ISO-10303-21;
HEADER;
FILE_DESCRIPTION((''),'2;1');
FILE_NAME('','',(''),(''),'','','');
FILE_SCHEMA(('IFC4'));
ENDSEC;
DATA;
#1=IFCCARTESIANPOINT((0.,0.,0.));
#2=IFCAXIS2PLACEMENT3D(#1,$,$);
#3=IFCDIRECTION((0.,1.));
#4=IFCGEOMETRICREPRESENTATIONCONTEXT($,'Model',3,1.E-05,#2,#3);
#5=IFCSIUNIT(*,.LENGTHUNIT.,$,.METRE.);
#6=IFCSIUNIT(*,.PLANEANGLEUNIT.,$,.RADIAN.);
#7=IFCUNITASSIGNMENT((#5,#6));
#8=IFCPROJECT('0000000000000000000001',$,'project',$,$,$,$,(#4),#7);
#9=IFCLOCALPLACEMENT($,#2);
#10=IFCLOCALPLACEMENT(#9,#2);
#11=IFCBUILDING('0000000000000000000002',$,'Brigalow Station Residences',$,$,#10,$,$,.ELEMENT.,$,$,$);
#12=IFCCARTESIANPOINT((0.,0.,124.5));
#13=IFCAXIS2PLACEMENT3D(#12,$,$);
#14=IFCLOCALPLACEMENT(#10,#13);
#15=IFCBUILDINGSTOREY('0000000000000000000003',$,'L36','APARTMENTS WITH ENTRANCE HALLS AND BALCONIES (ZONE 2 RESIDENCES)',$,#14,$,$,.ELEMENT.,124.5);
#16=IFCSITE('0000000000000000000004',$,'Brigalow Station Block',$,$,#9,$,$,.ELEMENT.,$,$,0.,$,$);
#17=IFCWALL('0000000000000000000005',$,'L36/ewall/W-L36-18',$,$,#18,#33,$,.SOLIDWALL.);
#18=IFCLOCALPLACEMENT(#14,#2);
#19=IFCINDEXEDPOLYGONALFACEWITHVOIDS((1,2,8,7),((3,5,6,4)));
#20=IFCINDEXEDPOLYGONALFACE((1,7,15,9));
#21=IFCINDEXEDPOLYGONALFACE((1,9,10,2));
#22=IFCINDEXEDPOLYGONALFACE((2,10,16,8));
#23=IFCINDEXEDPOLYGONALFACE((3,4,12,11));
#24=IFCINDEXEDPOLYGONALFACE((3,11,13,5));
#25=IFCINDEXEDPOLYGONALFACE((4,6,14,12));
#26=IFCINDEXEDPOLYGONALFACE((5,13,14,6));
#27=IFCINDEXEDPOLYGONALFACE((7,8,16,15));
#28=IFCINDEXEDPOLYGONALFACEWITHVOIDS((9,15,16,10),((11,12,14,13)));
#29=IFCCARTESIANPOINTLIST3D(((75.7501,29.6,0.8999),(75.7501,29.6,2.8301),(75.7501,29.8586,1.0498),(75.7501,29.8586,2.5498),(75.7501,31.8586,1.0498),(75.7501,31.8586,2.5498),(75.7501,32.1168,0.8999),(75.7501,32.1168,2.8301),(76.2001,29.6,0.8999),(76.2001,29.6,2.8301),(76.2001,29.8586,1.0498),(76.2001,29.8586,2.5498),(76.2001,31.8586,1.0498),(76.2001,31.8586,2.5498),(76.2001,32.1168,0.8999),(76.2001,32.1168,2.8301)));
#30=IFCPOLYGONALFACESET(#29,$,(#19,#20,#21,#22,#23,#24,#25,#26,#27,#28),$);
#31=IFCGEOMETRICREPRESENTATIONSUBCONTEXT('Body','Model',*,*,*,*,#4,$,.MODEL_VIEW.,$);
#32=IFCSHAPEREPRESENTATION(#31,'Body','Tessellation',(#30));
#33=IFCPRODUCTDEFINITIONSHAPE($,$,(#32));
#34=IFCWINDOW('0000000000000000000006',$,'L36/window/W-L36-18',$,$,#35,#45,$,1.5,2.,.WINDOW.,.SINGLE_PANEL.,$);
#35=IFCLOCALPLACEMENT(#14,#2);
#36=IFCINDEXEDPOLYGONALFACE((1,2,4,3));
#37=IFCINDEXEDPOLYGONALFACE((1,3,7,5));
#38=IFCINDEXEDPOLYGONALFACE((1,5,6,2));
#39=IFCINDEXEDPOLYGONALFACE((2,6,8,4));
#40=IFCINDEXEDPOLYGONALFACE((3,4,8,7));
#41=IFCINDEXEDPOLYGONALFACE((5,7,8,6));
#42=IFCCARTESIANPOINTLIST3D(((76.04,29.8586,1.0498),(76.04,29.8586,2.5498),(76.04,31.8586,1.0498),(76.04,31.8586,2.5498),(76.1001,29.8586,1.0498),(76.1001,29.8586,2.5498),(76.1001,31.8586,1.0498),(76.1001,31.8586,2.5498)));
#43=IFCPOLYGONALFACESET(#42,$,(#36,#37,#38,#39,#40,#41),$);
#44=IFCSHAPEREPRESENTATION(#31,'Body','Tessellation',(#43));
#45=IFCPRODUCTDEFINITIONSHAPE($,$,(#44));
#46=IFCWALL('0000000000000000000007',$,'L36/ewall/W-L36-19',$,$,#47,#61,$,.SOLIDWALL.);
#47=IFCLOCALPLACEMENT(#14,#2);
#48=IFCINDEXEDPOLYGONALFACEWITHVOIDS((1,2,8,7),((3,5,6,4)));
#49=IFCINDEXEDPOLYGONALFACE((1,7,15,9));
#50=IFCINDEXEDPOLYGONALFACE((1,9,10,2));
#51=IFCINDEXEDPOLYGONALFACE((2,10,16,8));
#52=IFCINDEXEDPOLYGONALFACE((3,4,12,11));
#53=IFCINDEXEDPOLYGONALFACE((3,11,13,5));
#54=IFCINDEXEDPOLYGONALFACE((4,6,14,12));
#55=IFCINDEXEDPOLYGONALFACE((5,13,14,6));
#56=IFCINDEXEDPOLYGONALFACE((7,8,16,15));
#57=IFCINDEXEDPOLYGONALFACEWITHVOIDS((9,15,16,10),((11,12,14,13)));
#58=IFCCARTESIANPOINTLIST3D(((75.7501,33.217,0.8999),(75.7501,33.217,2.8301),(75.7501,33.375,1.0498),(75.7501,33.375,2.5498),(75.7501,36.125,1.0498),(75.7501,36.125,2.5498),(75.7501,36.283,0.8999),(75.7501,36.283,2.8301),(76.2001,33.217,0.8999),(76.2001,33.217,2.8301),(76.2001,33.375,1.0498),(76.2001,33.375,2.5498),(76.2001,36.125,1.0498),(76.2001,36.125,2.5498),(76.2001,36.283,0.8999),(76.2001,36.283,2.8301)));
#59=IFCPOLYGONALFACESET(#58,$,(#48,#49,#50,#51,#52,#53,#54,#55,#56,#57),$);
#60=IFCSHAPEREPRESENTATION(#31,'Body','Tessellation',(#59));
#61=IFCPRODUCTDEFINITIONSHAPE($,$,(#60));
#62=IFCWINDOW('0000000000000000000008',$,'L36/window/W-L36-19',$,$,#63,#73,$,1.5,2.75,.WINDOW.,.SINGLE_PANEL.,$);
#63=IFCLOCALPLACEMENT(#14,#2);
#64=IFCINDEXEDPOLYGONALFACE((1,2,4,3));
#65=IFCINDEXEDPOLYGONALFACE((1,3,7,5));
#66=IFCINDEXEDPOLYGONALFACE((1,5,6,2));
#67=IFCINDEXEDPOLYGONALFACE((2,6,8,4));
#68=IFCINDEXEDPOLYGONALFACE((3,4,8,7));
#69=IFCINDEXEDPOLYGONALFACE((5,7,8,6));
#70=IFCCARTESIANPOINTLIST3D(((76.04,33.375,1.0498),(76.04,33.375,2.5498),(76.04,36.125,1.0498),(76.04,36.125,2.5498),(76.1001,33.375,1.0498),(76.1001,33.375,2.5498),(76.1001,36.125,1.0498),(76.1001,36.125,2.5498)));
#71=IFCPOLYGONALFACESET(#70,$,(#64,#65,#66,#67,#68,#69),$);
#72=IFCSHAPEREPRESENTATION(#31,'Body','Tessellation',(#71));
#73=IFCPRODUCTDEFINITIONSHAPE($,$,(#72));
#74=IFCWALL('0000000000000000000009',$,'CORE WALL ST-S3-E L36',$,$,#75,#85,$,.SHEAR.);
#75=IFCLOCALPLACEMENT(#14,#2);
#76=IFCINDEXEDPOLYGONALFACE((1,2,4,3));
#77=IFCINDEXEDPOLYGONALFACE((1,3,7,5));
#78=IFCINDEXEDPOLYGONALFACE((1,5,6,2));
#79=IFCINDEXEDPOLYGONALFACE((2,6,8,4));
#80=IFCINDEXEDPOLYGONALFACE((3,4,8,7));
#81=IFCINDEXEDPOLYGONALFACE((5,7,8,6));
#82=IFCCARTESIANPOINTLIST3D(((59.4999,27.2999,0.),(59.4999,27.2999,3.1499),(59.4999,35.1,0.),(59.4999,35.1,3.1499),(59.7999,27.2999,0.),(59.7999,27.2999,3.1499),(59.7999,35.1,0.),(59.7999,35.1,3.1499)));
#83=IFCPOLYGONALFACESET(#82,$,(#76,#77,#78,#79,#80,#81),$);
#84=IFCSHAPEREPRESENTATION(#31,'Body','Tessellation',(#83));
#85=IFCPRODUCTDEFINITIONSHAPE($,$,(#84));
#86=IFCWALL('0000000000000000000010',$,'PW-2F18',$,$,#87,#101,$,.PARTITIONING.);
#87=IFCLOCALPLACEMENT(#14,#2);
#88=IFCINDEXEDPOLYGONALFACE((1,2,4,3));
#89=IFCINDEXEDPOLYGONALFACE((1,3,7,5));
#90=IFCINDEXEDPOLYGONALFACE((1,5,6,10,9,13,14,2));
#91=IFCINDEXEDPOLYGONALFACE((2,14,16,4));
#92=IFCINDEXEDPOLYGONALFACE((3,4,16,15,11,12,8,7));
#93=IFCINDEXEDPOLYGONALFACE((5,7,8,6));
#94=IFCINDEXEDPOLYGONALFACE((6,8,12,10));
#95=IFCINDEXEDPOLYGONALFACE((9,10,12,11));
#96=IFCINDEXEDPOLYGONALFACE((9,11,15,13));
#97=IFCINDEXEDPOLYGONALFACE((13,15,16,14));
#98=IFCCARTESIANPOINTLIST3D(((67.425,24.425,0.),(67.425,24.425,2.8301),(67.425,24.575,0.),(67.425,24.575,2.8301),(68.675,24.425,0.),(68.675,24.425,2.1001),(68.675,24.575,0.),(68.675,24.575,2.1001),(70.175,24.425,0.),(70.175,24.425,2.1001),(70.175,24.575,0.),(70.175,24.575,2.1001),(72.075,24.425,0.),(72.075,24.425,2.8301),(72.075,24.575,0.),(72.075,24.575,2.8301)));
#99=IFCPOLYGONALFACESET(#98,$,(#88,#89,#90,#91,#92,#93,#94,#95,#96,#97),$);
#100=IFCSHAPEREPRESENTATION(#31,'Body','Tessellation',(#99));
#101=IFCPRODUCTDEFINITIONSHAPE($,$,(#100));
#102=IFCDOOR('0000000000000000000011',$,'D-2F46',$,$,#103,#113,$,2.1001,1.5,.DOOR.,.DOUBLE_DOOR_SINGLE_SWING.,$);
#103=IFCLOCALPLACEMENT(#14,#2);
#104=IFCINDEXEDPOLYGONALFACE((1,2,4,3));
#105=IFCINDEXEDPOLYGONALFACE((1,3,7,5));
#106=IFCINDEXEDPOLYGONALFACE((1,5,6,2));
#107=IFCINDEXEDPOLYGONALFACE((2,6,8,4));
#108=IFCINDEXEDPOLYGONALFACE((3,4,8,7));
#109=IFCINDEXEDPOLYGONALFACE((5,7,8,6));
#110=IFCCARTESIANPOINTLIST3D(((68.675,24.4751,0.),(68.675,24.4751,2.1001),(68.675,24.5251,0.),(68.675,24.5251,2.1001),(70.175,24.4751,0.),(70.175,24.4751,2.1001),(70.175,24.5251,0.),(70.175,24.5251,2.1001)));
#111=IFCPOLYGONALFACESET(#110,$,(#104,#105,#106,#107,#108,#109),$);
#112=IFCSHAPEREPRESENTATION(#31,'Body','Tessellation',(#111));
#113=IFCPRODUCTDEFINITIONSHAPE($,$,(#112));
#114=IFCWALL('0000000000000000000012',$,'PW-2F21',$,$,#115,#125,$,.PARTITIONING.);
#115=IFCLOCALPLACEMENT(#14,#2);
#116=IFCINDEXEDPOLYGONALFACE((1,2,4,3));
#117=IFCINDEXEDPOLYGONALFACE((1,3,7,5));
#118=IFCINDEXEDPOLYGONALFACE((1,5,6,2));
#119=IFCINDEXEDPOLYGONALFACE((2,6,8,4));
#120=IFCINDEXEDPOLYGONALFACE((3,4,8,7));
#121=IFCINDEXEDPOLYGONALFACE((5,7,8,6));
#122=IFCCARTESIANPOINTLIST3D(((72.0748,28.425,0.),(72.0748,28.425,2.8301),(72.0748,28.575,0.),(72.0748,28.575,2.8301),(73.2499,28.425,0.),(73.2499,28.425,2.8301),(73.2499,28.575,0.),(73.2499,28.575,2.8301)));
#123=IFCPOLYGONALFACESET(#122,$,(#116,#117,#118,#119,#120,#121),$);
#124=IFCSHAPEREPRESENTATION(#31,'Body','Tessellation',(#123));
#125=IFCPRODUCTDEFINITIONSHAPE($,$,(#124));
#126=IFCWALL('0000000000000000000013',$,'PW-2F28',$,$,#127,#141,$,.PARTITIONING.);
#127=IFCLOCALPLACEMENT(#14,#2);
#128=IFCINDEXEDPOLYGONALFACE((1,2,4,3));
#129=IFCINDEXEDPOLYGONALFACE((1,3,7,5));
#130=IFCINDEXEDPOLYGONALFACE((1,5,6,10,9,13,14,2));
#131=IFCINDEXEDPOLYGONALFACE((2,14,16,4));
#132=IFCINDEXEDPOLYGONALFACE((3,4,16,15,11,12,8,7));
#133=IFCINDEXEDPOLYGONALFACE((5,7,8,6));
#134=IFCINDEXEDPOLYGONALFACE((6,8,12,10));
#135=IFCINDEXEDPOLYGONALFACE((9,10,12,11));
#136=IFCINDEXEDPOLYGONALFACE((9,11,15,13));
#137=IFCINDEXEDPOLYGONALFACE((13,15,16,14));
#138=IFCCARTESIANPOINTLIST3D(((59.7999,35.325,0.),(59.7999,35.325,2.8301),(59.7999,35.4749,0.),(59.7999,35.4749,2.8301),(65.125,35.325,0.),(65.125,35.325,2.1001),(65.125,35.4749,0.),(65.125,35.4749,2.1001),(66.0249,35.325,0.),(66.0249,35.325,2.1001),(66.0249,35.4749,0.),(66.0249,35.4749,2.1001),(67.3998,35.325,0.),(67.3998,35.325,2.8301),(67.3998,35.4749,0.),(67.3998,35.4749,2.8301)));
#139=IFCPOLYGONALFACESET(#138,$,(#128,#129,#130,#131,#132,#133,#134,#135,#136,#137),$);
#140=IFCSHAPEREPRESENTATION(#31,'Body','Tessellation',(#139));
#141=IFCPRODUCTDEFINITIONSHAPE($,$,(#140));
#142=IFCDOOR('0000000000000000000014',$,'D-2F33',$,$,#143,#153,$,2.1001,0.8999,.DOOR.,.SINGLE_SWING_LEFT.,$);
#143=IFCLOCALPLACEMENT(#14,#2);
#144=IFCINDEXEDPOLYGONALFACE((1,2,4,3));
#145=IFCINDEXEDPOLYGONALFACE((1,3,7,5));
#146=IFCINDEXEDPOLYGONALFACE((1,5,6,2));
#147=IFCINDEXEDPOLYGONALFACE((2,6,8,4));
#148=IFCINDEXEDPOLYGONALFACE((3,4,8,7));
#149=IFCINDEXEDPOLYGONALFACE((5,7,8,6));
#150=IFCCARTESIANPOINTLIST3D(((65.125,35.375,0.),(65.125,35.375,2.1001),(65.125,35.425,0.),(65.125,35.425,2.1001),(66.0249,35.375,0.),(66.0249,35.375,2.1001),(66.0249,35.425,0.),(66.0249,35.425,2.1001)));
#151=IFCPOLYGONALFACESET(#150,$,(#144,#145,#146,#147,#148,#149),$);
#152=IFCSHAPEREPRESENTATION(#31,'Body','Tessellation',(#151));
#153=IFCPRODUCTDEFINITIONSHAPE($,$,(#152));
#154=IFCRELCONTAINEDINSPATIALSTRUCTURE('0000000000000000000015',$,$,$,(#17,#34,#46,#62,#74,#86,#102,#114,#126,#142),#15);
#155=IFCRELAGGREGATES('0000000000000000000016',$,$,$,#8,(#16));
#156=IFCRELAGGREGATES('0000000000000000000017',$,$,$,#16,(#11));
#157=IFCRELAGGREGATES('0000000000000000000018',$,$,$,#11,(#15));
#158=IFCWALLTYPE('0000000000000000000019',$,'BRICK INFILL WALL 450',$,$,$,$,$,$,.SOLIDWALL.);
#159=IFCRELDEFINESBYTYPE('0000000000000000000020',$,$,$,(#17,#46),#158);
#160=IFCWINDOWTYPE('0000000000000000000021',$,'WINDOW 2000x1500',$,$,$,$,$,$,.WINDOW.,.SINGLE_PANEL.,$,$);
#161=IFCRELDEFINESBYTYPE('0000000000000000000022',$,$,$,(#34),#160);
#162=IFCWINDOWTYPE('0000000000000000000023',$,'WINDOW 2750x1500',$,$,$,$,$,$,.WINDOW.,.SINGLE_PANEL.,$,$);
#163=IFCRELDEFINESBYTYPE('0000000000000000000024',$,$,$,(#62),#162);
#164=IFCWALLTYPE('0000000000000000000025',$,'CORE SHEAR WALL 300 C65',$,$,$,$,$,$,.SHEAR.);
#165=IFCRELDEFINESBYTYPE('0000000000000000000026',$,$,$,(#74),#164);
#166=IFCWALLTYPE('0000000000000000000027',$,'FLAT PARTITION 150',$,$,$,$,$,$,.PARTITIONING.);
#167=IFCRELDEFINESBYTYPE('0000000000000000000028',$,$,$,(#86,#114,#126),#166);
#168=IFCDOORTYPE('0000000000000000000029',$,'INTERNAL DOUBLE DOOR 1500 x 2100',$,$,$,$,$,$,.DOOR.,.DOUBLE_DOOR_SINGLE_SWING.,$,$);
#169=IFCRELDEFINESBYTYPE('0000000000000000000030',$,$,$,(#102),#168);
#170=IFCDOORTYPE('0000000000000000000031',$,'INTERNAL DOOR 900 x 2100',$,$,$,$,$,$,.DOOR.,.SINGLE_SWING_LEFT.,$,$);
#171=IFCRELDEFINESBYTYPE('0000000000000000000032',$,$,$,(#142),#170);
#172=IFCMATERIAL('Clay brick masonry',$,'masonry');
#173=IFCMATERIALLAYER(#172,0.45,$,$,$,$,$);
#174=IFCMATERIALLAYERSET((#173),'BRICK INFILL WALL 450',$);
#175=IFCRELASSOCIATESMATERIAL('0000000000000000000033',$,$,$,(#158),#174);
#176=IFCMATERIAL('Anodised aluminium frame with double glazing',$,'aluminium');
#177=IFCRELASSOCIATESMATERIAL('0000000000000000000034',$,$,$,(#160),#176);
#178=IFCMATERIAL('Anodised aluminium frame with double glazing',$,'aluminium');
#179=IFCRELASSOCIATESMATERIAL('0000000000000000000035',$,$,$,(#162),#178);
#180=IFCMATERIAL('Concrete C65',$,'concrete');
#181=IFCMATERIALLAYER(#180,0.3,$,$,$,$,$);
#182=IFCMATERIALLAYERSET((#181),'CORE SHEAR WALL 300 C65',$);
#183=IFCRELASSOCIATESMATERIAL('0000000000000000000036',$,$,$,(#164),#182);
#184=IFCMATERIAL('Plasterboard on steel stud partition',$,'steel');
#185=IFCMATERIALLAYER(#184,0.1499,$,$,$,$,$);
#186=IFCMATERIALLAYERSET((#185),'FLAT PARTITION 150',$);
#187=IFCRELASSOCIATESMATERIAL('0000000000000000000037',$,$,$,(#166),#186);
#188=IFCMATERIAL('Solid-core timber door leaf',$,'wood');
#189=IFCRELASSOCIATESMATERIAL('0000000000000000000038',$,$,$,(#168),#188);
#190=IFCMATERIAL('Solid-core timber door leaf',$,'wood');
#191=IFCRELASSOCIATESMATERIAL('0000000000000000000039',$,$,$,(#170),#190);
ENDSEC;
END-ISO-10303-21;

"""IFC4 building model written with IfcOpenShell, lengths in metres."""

from ifc_helpers import new_model, si_unit, direction, frame, frame_2d, origin, place, context, subcontext, project, spatial, rectangle, extrude, material, layer, layer_set, type_object, element, fill, save


model = new_model("IFC4")

# Units and contexts
model_context = context("Model", 3, precision=1e-05, world=origin(), true_north=direction((0.0, 1.0)))
body_context = subcontext(model_context, "Body", "Model", "MODEL_VIEW")
ifc_project = project(units=[si_unit("LENGTHUNIT", "METRE"), si_unit("PLANEANGLEUNIT", "RADIAN")], contexts=[model_context])

# Site, building, storey
site_placement = place(None, origin())
site = spatial("IfcSite", under=ifc_project, at=site_placement, Name="Brigalow Station Block", CompositionType="ELEMENT", RefElevation=0.0)
building_placement = place(site_placement, origin())
building = spatial("IfcBuilding", under=site, at=building_placement, Name="Brigalow Station Residences", CompositionType="ELEMENT")
storey_placement = place(building_placement, frame((0.0, 0.0, 124.5)))
storey = spatial("IfcBuildingStorey", under=building, at=storey_placement, Name="L36", Description="APARTMENTS WITH ENTRANCE HALLS AND BALCONIES (ZONE 2 RESIDENCES)", CompositionType="ELEMENT", Elevation=124.5)

# Shared definitions
ifc_material_1 = material(Name="Clay brick masonry", Category="masonry")
ifc_layer_1 = layer(ifc_material_1, 0.45)
ifc_layer_set_1 = layer_set([ifc_layer_1], Name="BRICK INFILL WALL 450")
wall_type_1 = type_object("IfcWallType", Name="BRICK INFILL WALL 450", PredefinedType="SOLIDWALL", material=ifc_layer_set_1)

# Walls, openings, windows
wall_1_placement = place(storey_placement, frame((75.9751, 29.6001, 0.8999), z_axis=(0.0, 0.0, 1.0), x_axis=(0.0, 1.0, 0.0)))
wall_1 = element("IfcWall", 1, at=wall_1_placement, inside=storey, type_object=wall_type_1, Name="L36/ewall/W-L36-18", PredefinedType="SOLIDWALL", context=body_context, shape_type="SweptSolid", body=[
    extrude(rectangle(XDim=2.5168, YDim=0.45, at=frame_2d((1.2583, 0.0))), origin(), (0.0, 0.0, 1.0), 1.9302),
])
opening_1_placement = place(wall_1_placement, frame((0.2585, 0.0, 0.1499)))
opening_1 = element("IfcOpeningElement", 2, at=opening_1_placement, cuts=wall_1, PredefinedType="OPENING", context=body_context, shape_type="SweptSolid", body=[
    extrude(rectangle(XDim=2.0, YDim=1.5, at=frame_2d((1.0, 0.75))), frame((0.0, 0.2349, 0.0), z_axis=(0.0, -1.0, 0.0), x_axis=(1.0, 0.0, 0.0)), (0.0, 0.0, 1.0), 0.47),
])
ifc_material_2 = material(Name="Anodised aluminium frame with double glazing", Category="aluminium")
window_type_1 = type_object("IfcWindowType", Name="WINDOW 2000x1500", PartitioningType="SINGLE_PANEL", PredefinedType="WINDOW", material=ifc_material_2)
window_1_placement = place(opening_1_placement, origin())
window_1 = element("IfcWindow", 3, at=window_1_placement, inside=storey, type_object=window_type_1, Name="L36/window/W-L36-18", OverallHeight=1.5, OverallWidth=2.0, PartitioningType="SINGLE_PANEL", PredefinedType="WINDOW", context=body_context, shape_type="SweptSolid", body=[
    extrude(rectangle(XDim=2.0, YDim=1.5, at=frame_2d((1.0, 0.75))), frame((0.0, -0.0649, 0.0), z_axis=(0.0, -1.0, 0.0), x_axis=(1.0, 0.0, 0.0)), (0.0, 0.0, 1.0), 0.0601),
])
fill(opening_1, window_1)
wall_2_placement = place(storey_placement, frame((75.9751, 33.217, 0.8999), z_axis=(0.0, 0.0, 1.0), x_axis=(0.0, 1.0, 0.0)))
wall_2 = element("IfcWall", 4, at=wall_2_placement, inside=storey, type_object=wall_type_1, Name="L36/ewall/W-L36-19", PredefinedType="SOLIDWALL", context=body_context, shape_type="SweptSolid", body=[
    extrude(rectangle(XDim=3.0659, YDim=0.45, at=frame_2d((1.533, 0.0))), origin(), (0.0, 0.0, 1.0), 1.9302),
])
opening_2_placement = place(wall_2_placement, frame((0.158, 0.0, 0.1499)))
opening_2 = element("IfcOpeningElement", 5, at=opening_2_placement, cuts=wall_2, PredefinedType="OPENING", context=body_context, shape_type="SweptSolid", body=[
    extrude(rectangle(XDim=2.75, YDim=1.5, at=frame_2d((1.375, 0.75))), frame((0.0, 0.2349, 0.0), z_axis=(0.0, -1.0, 0.0), x_axis=(1.0, 0.0, 0.0)), (0.0, 0.0, 1.0), 0.47),
])
ifc_material_3 = material(Name="Anodised aluminium frame with double glazing", Category="aluminium")
window_type_2 = type_object("IfcWindowType", Name="WINDOW 2750x1500", PartitioningType="SINGLE_PANEL", PredefinedType="WINDOW", material=ifc_material_3)
window_2_placement = place(opening_2_placement, origin())
window_2 = element("IfcWindow", 6, at=window_2_placement, inside=storey, type_object=window_type_2, Name="L36/window/W-L36-19", OverallHeight=1.5, OverallWidth=2.75, PartitioningType="SINGLE_PANEL", PredefinedType="WINDOW", context=body_context, shape_type="SweptSolid", body=[
    extrude(rectangle(XDim=2.75, YDim=1.5, at=frame_2d((1.375, 0.75))), frame((0.0, -0.0649, 0.0), z_axis=(0.0, -1.0, 0.0), x_axis=(1.0, 0.0, 0.0)), (0.0, 0.0, 1.0), 0.0601),
])
fill(opening_2, window_2)

# Wall
ifc_material_4 = material(Name="Concrete C65", Category="concrete")
ifc_layer_2 = layer(ifc_material_4, 0.3)
ifc_layer_set_2 = layer_set([ifc_layer_2], Name="CORE SHEAR WALL 300 C65")
wall_type_2 = type_object("IfcWallType", Name="CORE SHEAR WALL 300 C65", PredefinedType="SHEAR", material=ifc_layer_set_2)
wall_3_placement = place(storey_placement, frame((59.6499, 27.3, 0.0), z_axis=(0.0, 0.0, 1.0), x_axis=(0.0, 1.0, 0.0)))
element("IfcWall", 7, at=wall_3_placement, inside=storey, type_object=wall_type_2, Name="CORE WALL ST-S3-E L36", PredefinedType="SHEAR", context=body_context, shape_type="SweptSolid", body=[
    extrude(rectangle(XDim=7.8, YDim=0.3, at=frame_2d((3.8999, 0.0))), origin(), (0.0, 0.0, 1.0), 3.1499),
])

# Wall, opening, door
ifc_material_5 = material(Name="Plasterboard on steel stud partition", Category="steel")
ifc_layer_3 = layer(ifc_material_5, 0.1499)
ifc_layer_set_3 = layer_set([ifc_layer_3], Name="FLAT PARTITION 150")
wall_type_3 = type_object("IfcWallType", Name="FLAT PARTITION 150", PredefinedType="PARTITIONING", material=ifc_layer_set_3)
wall_4_placement = place(storey_placement, frame((67.425, 24.5, 0.0), z_axis=(0.0, 0.0, 1.0), x_axis=(1.0, 0.0, 0.0)))
wall_4 = element("IfcWall", 8, at=wall_4_placement, inside=storey, type_object=wall_type_3, Name="PW-2F18", PredefinedType="PARTITIONING", context=body_context, shape_type="SweptSolid", body=[
    extrude(rectangle(XDim=4.6499, YDim=0.1499, at=frame_2d((2.325, 0.0))), origin(), (0.0, 0.0, 1.0), 2.8301),
])
opening_3_placement = place(wall_4_placement, frame((1.25, 0.0, 0.0)))
opening_3 = element("IfcOpeningElement", 9, at=opening_3_placement, cuts=wall_4, PredefinedType="OPENING", context=body_context, shape_type="SweptSolid", body=[
    extrude(rectangle(XDim=1.5, YDim=2.1001, at=frame_2d((0.75, 1.05))), frame((0.0, 0.085, 0.0), z_axis=(0.0, -1.0, 0.0), x_axis=(1.0, 0.0, 0.0)), (0.0, 0.0, 1.0), 0.1699),
])
ifc_material_6 = material(Name="Solid-core timber door leaf", Category="wood")
door_type_1 = type_object("IfcDoorType", Name="INTERNAL DOUBLE DOOR 1500 x 2100", OperationType="DOUBLE_DOOR_SINGLE_SWING", PredefinedType="DOOR", material=ifc_material_6)
door_1_placement = place(opening_3_placement, frame((1.5, 0.0, 0.0), z_axis=(0.0, 0.0, 1.0), x_axis=(-1.0, 0.0, 0.0)))
door_1 = element("IfcDoor", 10, at=door_1_placement, inside=storey, type_object=door_type_1, Name="D-2F46", OperationType="DOUBLE_DOOR_SINGLE_SWING", OverallHeight=2.1001, OverallWidth=1.5, PredefinedType="DOOR", context=body_context, shape_type="SweptSolid", body=[
    extrude(rectangle(XDim=1.5, YDim=2.1001, at=frame_2d((0.75, 1.05))), frame((0.0, 0.0249, 0.0), z_axis=(0.0, -1.0, 0.0), x_axis=(1.0, 0.0, 0.0)), (0.0, 0.0, 1.0), 0.05),
])
fill(opening_3, door_1)

# Wall
wall_5_placement = place(storey_placement, frame((72.075, 28.5, 0.0), z_axis=(0.0, 0.0, 1.0), x_axis=(1.0, 0.0, 0.0)))
element("IfcWall", 11, at=wall_5_placement, inside=storey, type_object=wall_type_3, Name="PW-2F21", PredefinedType="PARTITIONING", context=body_context, shape_type="SweptSolid", body=[
    extrude(rectangle(XDim=1.175, YDim=0.1499, at=frame_2d((0.5874, 0.0))), origin(), (0.0, 0.0, 1.0), 2.8301),
])

# Wall, opening, door
wall_6_placement = place(storey_placement, frame((59.8, 35.3999, 0.0), z_axis=(0.0, 0.0, 1.0), x_axis=(1.0, 0.0, 0.0)))
wall_6 = element("IfcWall", 12, at=wall_6_placement, inside=storey, type_object=wall_type_3, Name="PW-2F28", PredefinedType="PARTITIONING", context=body_context, shape_type="SweptSolid", body=[
    extrude(rectangle(XDim=7.5999, YDim=0.1499, at=frame_2d((3.7998, 0.0))), origin(), (0.0, 0.0, 1.0), 2.8301),
])
opening_4_placement = place(wall_6_placement, frame((5.325, 0.0, 0.0)))
opening_4 = element("IfcOpeningElement", 13, at=opening_4_placement, cuts=wall_6, PredefinedType="OPENING", context=body_context, shape_type="SweptSolid", body=[
    extrude(rectangle(XDim=0.8999, YDim=2.1001, at=frame_2d((0.45, 1.05))), frame((0.0, 0.085, 0.0), z_axis=(0.0, -1.0, 0.0), x_axis=(1.0, 0.0, 0.0)), (0.0, 0.0, 1.0), 0.1699),
])
ifc_material_7 = material(Name="Solid-core timber door leaf", Category="wood")
door_type_2 = type_object("IfcDoorType", Name="INTERNAL DOOR 900 x 2100", OperationType="SINGLE_SWING_LEFT", PredefinedType="DOOR", material=ifc_material_7)
door_2_placement = place(opening_4_placement, frame((0.8999, 0.0, 0.0), z_axis=(0.0, 0.0, 1.0), x_axis=(-1.0, 0.0, 0.0)))
door_2 = element("IfcDoor", 14, at=door_2_placement, inside=storey, type_object=door_type_2, Name="D-2F33", OperationType="SINGLE_SWING_LEFT", OverallHeight=2.1001, OverallWidth=0.8999, PredefinedType="DOOR", context=body_context, shape_type="SweptSolid", body=[
    extrude(rectangle(XDim=0.8999, YDim=2.1001, at=frame_2d((0.45, 1.05))), frame((0.0, 0.0249, 0.0), z_axis=(0.0, -1.0, 0.0), x_axis=(1.0, 0.0, 0.0)), (0.0, 0.0, 1.0), 0.05),
])
fill(opening_4, door_2)

save(model, "model.ifc")
